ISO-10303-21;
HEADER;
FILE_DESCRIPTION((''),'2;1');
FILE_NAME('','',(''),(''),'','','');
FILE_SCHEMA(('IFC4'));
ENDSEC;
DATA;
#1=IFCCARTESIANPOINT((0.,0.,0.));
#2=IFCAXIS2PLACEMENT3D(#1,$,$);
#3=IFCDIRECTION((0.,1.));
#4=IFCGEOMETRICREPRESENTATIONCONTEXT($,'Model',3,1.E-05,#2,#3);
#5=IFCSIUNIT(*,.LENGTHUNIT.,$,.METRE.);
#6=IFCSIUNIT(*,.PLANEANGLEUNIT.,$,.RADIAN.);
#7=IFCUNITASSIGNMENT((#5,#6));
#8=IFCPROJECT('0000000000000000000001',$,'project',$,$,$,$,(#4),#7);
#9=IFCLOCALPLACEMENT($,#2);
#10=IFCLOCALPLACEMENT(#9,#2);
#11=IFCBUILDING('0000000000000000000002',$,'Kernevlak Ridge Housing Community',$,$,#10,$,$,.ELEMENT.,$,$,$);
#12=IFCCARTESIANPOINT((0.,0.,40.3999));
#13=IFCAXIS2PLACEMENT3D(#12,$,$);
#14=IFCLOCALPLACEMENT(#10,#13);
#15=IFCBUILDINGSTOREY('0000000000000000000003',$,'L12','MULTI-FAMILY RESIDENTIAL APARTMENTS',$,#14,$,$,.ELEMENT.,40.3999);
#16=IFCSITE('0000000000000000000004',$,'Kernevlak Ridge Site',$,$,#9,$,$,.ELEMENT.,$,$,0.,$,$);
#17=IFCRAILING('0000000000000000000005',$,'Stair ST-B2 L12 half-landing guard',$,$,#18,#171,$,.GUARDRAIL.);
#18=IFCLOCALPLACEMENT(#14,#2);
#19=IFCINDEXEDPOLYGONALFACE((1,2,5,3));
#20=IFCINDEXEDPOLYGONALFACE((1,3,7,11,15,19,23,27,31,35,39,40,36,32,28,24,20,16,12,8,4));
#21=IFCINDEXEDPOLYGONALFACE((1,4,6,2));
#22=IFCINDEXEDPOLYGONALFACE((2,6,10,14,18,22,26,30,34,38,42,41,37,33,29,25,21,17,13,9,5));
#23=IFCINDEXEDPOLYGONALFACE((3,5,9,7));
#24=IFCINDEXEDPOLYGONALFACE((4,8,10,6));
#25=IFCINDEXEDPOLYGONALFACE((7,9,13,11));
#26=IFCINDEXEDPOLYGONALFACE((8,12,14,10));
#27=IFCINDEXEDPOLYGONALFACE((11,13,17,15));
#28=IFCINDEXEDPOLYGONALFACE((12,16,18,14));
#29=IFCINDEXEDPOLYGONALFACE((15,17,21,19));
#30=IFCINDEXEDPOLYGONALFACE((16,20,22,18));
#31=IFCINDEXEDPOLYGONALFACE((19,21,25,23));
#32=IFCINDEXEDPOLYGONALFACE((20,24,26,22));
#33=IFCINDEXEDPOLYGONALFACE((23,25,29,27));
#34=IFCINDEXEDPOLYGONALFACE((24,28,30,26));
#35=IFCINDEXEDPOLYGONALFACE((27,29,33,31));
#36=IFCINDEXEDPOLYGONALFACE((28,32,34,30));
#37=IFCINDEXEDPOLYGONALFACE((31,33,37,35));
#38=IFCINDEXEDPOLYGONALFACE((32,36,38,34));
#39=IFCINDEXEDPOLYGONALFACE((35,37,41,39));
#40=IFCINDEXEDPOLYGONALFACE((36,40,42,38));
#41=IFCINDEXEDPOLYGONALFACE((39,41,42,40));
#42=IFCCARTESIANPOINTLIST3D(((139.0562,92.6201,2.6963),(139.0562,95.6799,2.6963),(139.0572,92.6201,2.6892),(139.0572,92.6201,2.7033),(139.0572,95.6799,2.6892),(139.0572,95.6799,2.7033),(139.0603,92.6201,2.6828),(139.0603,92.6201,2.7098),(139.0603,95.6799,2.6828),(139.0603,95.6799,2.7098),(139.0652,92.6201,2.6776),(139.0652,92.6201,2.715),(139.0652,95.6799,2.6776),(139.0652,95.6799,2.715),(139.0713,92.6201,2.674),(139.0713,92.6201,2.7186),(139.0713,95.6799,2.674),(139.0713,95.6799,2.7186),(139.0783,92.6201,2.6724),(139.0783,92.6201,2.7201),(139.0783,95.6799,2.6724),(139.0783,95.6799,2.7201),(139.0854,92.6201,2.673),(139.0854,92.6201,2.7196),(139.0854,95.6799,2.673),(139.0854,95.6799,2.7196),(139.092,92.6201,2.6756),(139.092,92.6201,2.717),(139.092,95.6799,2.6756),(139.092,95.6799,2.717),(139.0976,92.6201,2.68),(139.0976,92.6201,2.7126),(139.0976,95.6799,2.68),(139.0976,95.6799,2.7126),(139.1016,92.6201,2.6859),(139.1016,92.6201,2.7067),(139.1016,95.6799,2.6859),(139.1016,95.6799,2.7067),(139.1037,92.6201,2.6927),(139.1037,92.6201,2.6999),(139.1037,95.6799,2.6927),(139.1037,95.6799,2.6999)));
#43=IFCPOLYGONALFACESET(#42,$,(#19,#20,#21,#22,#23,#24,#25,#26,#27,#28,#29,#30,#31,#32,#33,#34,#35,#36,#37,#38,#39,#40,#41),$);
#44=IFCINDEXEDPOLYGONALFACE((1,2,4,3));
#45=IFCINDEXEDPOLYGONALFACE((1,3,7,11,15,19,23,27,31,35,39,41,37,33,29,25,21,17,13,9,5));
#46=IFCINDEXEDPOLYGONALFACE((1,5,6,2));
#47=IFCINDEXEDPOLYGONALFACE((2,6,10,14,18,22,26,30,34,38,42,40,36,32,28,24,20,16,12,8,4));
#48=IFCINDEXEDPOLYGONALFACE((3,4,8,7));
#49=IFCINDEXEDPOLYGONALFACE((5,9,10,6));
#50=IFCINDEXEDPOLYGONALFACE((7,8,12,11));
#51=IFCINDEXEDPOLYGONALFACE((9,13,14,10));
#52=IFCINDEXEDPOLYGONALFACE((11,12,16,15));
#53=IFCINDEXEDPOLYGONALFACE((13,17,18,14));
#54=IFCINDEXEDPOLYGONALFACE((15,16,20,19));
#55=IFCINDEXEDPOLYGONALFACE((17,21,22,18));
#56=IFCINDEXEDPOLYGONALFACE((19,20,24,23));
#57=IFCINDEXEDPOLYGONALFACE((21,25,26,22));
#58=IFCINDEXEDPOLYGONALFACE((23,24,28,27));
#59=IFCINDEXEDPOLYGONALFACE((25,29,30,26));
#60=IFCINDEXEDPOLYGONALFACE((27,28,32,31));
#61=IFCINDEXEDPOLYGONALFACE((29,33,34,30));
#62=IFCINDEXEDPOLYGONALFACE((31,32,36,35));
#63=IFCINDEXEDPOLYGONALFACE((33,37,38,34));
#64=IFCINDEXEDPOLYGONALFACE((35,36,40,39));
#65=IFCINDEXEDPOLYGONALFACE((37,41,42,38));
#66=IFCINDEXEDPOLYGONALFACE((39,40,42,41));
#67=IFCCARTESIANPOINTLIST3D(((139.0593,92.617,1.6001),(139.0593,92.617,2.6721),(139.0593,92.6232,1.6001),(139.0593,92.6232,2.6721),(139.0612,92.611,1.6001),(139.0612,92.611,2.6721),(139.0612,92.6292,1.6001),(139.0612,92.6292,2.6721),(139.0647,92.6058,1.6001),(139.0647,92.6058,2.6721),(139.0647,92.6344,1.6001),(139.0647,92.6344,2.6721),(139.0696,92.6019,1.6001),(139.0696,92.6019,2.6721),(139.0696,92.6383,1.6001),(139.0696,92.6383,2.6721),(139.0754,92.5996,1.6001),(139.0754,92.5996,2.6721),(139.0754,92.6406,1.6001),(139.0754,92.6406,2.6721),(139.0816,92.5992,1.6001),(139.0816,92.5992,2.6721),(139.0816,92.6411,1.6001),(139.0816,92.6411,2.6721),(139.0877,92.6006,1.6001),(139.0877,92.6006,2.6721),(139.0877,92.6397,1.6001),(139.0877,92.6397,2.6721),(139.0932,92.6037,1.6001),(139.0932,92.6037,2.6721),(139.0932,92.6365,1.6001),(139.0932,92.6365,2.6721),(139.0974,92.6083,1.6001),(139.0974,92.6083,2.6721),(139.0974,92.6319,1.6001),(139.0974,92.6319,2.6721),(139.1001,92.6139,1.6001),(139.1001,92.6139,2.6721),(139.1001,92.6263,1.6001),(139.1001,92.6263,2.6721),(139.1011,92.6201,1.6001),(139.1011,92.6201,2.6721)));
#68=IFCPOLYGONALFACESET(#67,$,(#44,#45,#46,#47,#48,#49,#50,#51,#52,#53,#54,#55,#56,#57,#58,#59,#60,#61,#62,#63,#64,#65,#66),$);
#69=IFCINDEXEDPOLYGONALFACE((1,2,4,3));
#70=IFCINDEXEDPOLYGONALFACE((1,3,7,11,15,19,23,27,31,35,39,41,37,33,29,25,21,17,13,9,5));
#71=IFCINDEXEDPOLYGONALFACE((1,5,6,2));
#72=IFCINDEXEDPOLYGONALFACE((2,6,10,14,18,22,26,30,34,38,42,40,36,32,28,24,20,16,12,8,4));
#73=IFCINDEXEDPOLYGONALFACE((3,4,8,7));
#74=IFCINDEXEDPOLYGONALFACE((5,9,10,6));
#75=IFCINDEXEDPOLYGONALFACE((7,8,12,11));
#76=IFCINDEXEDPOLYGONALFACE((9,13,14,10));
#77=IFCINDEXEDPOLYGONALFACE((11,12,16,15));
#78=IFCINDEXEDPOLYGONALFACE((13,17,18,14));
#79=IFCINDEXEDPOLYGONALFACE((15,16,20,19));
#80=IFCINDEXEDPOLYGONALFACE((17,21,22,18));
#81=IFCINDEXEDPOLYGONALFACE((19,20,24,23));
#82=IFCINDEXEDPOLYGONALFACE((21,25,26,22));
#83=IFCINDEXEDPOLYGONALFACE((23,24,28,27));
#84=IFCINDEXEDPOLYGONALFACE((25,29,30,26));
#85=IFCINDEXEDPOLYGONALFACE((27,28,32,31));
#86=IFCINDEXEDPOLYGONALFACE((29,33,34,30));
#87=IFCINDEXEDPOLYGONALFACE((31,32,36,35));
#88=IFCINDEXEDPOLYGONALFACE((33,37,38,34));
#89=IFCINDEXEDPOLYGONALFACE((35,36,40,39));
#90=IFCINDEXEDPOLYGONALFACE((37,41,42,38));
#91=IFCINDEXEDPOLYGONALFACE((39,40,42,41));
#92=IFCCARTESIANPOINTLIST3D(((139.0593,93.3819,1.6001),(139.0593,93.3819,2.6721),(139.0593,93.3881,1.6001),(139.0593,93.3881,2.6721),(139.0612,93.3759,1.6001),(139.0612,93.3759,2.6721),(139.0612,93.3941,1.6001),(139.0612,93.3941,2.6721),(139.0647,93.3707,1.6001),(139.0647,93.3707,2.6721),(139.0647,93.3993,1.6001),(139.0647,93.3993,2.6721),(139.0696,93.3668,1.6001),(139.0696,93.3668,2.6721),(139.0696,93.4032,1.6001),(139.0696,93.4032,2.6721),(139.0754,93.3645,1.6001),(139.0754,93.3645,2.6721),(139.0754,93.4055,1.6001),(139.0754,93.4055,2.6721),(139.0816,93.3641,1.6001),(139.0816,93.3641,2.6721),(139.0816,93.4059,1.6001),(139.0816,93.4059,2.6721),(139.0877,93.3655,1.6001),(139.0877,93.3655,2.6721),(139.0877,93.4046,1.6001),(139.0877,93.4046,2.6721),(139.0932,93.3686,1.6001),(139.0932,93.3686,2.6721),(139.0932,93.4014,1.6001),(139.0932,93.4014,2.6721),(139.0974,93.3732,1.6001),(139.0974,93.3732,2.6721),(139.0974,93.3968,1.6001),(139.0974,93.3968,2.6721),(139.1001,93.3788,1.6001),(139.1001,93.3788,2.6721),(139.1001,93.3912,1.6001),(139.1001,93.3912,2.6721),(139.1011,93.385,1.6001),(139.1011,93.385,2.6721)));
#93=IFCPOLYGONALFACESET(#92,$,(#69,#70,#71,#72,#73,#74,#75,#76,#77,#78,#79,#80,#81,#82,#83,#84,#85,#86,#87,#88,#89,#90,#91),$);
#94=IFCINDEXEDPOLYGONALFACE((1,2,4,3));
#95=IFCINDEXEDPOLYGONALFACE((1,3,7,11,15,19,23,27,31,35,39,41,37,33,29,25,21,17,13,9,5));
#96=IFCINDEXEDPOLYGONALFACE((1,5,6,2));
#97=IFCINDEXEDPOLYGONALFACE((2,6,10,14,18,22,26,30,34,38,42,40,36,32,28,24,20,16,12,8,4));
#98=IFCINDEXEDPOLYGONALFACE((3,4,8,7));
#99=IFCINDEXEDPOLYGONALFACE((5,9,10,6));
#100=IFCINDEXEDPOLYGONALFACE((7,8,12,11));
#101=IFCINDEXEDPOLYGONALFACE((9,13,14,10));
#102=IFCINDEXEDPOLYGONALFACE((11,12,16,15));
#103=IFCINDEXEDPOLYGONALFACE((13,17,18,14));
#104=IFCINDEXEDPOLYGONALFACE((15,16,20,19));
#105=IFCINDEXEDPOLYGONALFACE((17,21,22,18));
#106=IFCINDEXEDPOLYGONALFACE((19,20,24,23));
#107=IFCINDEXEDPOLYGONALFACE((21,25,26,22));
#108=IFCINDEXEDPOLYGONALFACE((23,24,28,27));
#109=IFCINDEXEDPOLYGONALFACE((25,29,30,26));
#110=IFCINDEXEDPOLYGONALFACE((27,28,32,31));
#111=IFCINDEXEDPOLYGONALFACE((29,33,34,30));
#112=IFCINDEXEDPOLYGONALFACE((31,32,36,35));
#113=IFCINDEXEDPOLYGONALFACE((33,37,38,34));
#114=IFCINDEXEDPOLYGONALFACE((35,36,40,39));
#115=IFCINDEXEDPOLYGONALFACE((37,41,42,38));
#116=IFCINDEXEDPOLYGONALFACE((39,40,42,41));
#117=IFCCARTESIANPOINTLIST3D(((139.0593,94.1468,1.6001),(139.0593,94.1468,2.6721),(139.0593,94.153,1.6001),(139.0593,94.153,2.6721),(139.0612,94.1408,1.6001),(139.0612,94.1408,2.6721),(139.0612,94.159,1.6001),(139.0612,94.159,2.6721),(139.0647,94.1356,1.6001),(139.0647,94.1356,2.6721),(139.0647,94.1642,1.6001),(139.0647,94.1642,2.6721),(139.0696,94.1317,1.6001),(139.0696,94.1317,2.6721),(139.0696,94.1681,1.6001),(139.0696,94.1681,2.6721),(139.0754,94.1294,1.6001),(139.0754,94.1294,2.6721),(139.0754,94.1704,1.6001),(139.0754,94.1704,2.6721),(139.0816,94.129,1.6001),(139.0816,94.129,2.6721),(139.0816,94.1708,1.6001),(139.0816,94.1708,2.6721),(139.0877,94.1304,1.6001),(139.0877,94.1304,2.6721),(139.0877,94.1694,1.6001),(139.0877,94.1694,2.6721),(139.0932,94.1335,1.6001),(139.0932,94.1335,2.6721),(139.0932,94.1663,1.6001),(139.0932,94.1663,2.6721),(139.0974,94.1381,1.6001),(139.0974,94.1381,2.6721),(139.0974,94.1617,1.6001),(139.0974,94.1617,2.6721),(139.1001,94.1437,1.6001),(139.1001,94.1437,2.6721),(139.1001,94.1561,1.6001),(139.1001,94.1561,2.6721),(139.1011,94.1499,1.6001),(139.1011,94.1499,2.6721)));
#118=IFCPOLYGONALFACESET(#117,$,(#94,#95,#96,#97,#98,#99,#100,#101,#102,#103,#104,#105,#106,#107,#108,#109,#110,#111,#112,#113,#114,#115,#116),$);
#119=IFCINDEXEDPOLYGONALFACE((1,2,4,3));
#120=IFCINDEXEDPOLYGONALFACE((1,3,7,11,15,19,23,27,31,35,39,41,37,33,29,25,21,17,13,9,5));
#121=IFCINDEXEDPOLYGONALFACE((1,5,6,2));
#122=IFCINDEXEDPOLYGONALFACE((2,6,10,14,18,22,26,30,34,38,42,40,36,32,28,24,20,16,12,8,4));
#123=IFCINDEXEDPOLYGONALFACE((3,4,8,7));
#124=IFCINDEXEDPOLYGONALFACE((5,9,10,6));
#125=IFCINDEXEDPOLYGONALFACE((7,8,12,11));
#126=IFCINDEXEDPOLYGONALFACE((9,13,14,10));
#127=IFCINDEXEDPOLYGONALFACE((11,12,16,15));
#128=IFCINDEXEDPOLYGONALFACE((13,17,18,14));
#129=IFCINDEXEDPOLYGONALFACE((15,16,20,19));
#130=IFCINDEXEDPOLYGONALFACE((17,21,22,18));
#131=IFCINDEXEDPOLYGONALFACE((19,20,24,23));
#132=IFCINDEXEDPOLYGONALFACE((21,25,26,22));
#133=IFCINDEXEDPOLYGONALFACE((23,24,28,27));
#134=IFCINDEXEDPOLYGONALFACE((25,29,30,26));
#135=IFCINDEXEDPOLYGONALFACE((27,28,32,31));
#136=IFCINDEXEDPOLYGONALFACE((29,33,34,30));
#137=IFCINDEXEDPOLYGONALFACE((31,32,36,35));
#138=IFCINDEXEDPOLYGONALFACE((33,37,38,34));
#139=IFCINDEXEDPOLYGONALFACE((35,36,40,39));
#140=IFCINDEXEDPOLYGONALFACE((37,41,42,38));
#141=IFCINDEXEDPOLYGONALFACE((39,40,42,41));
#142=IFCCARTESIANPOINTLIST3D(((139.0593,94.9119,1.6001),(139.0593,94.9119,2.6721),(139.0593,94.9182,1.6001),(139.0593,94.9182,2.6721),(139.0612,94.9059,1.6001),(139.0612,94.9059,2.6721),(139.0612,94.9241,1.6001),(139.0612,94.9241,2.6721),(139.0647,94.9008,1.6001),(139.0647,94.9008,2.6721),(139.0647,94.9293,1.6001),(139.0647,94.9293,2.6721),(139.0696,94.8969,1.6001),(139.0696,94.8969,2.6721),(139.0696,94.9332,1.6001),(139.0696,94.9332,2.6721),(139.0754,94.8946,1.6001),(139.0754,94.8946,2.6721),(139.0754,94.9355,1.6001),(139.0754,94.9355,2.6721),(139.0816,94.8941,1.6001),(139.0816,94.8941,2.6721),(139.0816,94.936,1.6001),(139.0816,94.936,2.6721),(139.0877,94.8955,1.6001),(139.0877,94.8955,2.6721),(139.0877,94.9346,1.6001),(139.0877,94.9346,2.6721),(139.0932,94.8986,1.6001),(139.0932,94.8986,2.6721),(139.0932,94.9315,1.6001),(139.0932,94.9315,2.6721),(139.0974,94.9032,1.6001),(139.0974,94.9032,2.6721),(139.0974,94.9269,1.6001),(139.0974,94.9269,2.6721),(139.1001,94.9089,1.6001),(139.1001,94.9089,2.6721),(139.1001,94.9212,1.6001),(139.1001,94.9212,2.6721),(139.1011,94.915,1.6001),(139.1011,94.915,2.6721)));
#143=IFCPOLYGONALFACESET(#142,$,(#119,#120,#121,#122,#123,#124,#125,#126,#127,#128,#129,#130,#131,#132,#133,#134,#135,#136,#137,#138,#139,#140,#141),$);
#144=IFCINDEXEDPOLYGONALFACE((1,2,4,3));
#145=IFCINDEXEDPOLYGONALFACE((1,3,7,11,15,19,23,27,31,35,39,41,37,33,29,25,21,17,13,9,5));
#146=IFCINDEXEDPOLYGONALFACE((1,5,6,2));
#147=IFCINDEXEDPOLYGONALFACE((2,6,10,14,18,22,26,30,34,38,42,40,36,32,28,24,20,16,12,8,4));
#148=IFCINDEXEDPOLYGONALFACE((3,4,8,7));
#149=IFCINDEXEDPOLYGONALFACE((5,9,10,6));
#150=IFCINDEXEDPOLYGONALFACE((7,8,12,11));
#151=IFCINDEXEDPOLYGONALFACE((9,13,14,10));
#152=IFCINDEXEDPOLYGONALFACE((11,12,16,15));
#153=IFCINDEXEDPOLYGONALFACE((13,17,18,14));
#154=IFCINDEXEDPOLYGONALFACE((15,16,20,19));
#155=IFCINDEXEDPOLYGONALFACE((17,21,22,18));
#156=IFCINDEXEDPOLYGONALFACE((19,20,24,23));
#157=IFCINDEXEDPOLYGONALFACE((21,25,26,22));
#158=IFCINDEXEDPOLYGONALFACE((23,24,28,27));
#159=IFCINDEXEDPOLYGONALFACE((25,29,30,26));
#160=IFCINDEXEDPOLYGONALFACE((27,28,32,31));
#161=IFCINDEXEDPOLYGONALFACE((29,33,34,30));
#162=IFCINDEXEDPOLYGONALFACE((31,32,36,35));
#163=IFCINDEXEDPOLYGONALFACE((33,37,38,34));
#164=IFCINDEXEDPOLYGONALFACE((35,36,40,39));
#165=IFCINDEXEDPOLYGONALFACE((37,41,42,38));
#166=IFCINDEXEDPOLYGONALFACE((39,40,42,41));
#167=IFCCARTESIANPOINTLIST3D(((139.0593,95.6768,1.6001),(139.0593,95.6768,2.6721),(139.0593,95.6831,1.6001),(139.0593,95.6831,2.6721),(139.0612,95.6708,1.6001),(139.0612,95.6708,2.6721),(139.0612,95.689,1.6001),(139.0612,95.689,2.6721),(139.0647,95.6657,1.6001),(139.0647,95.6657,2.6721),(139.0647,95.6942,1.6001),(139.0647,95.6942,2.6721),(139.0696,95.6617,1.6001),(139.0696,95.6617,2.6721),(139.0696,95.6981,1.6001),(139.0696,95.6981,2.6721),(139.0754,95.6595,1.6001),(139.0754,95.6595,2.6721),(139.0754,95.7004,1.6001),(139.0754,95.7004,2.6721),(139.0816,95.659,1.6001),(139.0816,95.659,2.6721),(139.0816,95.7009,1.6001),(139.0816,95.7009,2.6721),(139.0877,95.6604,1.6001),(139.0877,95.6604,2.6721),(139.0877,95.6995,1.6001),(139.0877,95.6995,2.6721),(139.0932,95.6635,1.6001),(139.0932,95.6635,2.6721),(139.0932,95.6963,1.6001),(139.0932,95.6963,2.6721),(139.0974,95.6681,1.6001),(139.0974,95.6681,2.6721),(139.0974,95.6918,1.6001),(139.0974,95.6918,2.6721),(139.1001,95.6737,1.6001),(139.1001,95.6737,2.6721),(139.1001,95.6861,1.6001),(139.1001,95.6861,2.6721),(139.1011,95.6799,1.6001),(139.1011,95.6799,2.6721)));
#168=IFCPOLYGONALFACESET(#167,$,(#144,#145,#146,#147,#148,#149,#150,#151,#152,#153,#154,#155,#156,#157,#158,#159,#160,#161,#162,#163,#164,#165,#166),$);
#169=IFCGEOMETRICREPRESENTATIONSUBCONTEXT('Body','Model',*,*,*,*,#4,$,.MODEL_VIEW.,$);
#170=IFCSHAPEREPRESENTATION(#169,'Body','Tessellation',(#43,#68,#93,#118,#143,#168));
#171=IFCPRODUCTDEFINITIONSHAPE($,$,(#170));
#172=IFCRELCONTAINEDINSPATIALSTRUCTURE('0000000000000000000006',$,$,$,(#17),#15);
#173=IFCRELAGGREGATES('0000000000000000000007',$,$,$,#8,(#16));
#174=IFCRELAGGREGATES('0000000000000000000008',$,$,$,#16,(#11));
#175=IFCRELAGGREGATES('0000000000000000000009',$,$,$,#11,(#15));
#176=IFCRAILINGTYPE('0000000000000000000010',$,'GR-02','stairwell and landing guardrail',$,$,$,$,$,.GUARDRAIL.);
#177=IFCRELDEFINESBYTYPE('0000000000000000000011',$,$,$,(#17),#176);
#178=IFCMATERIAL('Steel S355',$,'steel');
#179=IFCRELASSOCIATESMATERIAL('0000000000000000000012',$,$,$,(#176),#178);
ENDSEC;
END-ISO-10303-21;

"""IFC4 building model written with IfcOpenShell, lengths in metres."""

from ifc_helpers import new_model, si_unit, direction, frame, origin, origin_2d, place, context, subcontext, project, spatial, circle, extrude, material, type_object, element, save


model = new_model("IFC4")

# Units and contexts
model_context = context("Model", 3, precision=1e-05, world=origin(), true_north=direction((0.0, 1.0)))
body_context = subcontext(model_context, "Body", "Model", "MODEL_VIEW")
ifc_project = project(units=[si_unit("LENGTHUNIT", "METRE"), si_unit("PLANEANGLEUNIT", "RADIAN")], contexts=[model_context])

# Site, building, storey
site_placement = place(None, origin())
site = spatial("IfcSite", under=ifc_project, at=site_placement, Name="Kernevlak Ridge Site", CompositionType="ELEMENT", RefElevation=0.0)
building_placement = place(site_placement, origin())
building = spatial("IfcBuilding", under=site, at=building_placement, Name="Kernevlak Ridge Housing Community", CompositionType="ELEMENT")
storey_placement = place(building_placement, frame((0.0, 0.0, 40.3999)))
storey = spatial("IfcBuildingStorey", under=building, at=storey_placement, Name="L12", Description="MULTI-FAMILY RESIDENTIAL APARTMENTS", CompositionType="ELEMENT", Elevation=40.3999)

# Railing
ifc_material_1 = material(Name="Steel S355", Category="steel")
railing_type_1 = type_object("IfcRailingType", Name="GR-02", Description="stairwell and landing guardrail", PredefinedType="GUARDRAIL", material=ifc_material_1)
railing_1_placement = place(storey_placement, frame((139.0801, 92.6201, 1.6001)))
element("IfcRailing", 1, at=railing_1_placement, inside=storey, type_object=railing_type_1, Name="Stair ST-B2 L12 half-landing guard", PredefinedType="GUARDRAIL", context=body_context, shape_type="SweptSolid", body=[
    extrude(circle(Radius=0.0239, at=origin_2d()), frame((0.0, 0.0, 1.0962), z_axis=(0.0, 1.0, 0.0), x_axis=(-1.0, 0.0, 0.0)), (0.0, 0.0, 1.0), 3.0598),
    extrude(circle(Radius=0.021, at=origin_2d()), origin(), (0.0, 0.0, 1.0), 1.072),
    extrude(circle(Radius=0.021, at=origin_2d()), frame((0.0, 0.7649, 0.0)), (0.0, 0.0, 1.0), 1.072),
    extrude(circle(Radius=0.021, at=origin_2d()), frame((0.0, 1.5298, 0.0)), (0.0, 0.0, 1.0), 1.072),
    extrude(circle(Radius=0.021, at=origin_2d()), frame((0.0, 2.2949, 0.0)), (0.0, 0.0, 1.0), 1.072),
    extrude(circle(Radius=0.021, at=origin_2d()), frame((0.0, 3.0598, 0.0)), (0.0, 0.0, 1.0), 1.072),
])

save(model, "model.ifc")
